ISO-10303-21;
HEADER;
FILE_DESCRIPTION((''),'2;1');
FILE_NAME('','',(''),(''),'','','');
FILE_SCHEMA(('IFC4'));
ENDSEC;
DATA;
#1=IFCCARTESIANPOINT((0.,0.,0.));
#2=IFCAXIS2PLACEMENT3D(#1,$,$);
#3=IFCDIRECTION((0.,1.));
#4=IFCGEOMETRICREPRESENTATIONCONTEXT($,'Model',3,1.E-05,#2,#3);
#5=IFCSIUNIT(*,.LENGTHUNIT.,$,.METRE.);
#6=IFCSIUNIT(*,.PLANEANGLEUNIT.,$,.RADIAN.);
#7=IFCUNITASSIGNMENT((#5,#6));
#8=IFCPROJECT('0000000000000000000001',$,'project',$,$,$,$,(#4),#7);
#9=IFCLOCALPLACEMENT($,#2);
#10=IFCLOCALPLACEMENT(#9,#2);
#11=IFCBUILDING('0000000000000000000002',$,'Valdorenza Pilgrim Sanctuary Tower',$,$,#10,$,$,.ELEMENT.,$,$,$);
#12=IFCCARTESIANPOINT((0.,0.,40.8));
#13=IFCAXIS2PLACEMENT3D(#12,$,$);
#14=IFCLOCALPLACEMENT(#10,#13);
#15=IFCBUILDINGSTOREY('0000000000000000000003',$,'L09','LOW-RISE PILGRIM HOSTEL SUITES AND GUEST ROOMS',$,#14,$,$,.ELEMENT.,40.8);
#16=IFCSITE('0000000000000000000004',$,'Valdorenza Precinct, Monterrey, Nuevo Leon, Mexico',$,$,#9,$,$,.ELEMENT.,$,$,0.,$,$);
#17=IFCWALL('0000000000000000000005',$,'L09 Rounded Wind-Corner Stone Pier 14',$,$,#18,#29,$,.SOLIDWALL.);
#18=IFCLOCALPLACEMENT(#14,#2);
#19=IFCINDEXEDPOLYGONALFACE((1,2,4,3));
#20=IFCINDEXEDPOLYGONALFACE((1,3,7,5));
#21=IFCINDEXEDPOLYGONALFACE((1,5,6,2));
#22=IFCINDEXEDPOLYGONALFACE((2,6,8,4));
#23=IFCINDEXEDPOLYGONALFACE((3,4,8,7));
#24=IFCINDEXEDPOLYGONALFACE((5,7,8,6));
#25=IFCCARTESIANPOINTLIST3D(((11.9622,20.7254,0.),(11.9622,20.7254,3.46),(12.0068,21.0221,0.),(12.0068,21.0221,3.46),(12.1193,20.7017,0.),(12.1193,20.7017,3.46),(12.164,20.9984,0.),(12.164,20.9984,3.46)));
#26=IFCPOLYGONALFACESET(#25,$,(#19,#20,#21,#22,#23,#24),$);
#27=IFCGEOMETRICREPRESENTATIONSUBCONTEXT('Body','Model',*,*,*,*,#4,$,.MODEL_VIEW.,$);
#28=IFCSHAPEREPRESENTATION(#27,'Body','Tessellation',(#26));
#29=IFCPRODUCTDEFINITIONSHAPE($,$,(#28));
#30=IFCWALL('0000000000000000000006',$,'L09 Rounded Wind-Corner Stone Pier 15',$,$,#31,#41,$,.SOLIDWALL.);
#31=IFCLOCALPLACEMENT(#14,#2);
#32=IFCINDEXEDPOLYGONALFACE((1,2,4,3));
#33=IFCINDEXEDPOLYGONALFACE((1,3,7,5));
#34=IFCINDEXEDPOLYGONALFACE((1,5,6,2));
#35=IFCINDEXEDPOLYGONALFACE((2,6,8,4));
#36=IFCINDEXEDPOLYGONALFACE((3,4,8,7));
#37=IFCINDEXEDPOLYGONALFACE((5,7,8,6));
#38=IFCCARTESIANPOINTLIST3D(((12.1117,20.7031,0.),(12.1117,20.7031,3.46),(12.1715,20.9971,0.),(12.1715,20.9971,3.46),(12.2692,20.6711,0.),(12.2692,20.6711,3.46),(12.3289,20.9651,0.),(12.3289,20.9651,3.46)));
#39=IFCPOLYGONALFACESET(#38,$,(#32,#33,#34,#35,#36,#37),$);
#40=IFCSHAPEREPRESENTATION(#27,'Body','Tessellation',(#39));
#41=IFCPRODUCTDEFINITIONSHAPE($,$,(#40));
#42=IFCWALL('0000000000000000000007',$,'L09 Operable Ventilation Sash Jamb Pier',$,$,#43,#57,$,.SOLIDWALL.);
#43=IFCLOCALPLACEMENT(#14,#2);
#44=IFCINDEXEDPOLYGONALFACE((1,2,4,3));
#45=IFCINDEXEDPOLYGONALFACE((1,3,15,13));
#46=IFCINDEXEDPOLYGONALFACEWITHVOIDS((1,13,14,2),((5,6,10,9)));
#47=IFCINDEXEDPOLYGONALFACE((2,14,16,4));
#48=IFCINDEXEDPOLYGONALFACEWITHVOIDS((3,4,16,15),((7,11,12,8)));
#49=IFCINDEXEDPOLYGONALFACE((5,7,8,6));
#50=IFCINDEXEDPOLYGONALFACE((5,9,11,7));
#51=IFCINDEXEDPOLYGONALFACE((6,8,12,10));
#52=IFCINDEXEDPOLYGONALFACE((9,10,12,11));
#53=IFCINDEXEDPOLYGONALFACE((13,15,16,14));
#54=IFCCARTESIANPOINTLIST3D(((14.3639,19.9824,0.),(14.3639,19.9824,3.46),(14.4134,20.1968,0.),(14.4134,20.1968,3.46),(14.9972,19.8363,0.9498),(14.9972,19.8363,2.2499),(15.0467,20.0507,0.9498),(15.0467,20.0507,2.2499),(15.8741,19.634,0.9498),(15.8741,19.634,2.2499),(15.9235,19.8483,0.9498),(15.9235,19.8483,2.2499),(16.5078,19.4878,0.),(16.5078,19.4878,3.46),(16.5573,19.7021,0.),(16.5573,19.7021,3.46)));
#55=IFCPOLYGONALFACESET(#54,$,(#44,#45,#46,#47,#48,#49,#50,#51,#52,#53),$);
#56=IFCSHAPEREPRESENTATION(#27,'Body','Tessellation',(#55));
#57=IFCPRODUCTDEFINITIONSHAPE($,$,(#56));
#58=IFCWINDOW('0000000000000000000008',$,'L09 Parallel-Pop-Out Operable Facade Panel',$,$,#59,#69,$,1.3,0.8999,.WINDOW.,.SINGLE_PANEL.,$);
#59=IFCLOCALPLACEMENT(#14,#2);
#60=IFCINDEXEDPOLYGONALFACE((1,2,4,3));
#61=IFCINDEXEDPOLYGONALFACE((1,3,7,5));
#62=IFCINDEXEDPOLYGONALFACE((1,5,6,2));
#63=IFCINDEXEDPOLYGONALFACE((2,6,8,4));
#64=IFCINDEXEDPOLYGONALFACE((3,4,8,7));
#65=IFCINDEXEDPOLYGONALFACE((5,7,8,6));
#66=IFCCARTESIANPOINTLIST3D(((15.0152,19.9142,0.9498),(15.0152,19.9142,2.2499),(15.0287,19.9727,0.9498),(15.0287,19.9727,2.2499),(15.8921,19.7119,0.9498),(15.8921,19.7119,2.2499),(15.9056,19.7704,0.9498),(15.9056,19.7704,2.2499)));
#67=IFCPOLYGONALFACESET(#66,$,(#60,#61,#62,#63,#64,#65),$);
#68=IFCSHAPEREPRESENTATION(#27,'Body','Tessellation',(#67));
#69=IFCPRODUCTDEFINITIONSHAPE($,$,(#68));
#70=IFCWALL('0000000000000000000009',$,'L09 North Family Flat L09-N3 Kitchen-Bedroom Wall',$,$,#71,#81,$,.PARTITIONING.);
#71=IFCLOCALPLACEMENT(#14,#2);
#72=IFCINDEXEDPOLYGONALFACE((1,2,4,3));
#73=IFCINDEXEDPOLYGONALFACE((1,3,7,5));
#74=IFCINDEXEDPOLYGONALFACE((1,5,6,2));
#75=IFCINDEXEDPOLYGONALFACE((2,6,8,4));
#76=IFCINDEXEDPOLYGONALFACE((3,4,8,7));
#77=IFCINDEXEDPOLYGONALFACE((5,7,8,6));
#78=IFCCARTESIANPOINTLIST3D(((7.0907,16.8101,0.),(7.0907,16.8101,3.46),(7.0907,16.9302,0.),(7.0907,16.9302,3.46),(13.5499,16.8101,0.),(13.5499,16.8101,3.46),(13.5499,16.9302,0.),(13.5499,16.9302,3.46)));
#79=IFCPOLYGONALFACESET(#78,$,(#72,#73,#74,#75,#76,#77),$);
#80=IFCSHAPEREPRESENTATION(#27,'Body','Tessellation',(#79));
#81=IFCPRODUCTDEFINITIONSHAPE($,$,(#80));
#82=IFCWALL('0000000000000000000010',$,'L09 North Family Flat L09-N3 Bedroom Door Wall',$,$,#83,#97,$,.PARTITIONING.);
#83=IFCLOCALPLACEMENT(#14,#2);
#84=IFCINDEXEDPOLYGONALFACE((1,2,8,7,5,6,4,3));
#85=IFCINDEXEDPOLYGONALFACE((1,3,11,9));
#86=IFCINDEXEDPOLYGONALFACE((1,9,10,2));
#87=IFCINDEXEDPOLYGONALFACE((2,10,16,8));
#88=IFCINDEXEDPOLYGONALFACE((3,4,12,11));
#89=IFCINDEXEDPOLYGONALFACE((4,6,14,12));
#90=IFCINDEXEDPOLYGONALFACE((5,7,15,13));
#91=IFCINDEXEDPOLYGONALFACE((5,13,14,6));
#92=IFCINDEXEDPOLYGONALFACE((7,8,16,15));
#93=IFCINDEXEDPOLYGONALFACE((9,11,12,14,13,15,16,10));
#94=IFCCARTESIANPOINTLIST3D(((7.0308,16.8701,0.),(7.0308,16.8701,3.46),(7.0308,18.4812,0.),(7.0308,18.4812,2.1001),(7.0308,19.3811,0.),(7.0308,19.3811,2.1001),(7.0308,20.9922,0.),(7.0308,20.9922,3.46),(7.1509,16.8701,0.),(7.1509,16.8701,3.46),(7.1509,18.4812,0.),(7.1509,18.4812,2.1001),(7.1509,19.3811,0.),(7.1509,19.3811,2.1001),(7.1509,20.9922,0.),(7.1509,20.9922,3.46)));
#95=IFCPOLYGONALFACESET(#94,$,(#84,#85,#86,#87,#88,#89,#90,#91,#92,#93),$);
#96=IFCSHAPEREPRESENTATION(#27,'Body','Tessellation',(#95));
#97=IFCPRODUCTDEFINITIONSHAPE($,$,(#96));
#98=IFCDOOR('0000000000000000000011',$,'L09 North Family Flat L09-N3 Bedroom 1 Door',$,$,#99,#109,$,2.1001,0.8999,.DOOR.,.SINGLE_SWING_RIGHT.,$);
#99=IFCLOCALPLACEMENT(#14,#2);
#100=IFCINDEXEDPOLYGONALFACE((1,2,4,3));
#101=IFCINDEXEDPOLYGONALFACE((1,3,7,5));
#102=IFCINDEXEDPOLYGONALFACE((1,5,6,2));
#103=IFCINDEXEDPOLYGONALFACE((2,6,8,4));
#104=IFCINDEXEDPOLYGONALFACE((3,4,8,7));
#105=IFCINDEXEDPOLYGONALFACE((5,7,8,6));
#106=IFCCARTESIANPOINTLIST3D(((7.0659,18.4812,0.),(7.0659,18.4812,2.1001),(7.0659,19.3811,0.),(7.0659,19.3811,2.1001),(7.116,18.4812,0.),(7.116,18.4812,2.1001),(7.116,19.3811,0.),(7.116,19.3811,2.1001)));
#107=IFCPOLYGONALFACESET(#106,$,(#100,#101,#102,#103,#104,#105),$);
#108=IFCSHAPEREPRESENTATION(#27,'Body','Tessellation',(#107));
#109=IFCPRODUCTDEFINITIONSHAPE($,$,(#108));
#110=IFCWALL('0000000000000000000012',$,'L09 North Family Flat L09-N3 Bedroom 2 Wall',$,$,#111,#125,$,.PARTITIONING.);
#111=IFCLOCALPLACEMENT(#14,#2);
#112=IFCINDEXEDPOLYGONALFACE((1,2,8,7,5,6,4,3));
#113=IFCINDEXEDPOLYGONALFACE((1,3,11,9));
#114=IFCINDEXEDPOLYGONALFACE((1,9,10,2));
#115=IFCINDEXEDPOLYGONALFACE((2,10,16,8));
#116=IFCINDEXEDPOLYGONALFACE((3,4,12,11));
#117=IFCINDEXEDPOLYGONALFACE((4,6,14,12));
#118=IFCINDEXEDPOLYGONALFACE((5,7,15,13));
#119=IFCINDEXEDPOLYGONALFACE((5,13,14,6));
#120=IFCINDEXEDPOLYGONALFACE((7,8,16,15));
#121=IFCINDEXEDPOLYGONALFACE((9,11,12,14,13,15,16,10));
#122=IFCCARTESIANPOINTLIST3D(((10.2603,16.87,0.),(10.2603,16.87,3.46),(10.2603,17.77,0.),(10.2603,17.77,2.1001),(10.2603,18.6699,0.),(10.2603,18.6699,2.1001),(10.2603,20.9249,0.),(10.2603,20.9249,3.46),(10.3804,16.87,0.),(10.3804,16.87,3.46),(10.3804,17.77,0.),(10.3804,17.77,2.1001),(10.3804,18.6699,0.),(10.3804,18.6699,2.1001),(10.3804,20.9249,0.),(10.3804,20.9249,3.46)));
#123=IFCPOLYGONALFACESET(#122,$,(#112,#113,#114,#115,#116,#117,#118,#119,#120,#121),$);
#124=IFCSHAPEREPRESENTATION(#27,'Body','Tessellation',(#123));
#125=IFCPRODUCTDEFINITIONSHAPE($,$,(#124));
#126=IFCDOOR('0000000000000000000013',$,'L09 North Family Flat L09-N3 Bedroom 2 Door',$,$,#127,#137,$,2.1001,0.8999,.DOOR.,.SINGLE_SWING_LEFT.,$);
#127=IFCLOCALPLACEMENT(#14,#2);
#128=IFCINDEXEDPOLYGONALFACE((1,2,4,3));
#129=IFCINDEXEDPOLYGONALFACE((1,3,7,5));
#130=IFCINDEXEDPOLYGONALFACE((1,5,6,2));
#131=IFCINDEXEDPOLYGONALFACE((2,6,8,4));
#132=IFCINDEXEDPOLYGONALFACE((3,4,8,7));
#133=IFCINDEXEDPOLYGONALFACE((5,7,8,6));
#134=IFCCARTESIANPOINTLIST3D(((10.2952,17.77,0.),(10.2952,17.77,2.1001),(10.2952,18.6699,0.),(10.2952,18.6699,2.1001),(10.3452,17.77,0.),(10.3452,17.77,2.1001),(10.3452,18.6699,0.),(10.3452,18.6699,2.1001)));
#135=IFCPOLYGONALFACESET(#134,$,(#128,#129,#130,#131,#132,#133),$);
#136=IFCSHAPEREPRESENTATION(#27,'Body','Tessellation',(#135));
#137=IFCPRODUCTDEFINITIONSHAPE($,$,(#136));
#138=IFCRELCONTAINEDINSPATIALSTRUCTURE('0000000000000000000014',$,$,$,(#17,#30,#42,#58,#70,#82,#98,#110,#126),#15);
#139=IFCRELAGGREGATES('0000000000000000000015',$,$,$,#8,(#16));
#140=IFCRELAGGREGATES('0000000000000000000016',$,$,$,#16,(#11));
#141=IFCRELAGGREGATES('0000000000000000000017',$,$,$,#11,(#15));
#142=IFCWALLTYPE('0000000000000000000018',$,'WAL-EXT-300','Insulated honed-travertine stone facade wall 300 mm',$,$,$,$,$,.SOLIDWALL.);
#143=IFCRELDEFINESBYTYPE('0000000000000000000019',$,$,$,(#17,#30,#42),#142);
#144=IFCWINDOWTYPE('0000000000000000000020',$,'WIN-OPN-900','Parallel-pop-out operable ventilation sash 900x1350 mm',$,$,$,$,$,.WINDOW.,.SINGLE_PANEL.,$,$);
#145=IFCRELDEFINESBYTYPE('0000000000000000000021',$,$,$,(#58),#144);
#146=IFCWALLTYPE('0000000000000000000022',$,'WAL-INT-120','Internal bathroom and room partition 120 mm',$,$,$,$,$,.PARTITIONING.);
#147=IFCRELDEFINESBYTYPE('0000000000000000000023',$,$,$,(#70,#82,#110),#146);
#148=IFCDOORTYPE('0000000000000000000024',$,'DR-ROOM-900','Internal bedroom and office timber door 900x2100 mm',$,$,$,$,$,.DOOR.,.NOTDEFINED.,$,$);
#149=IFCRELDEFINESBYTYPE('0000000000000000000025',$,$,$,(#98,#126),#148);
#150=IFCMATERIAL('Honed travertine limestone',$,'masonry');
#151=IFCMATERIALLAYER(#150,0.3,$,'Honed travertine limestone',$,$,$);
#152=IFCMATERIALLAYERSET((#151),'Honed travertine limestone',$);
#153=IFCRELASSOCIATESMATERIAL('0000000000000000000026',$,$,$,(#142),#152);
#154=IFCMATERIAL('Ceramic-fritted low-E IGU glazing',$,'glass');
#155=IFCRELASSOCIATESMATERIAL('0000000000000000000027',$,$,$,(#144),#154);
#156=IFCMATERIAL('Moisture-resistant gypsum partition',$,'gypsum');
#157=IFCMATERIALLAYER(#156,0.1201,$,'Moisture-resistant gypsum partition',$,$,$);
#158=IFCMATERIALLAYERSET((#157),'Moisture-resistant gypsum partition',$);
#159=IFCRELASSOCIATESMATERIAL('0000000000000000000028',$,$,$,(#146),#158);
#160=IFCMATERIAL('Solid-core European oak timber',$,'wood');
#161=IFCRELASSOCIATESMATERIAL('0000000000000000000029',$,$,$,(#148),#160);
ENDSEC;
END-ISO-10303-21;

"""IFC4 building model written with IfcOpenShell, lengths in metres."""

from ifc_helpers import new_model, si_unit, direction, frame, frame_2d, origin, place, context, subcontext, project, spatial, rectangle, extrude, material, layer, layer_set, type_object, element, fill, save


model = new_model("IFC4")

# Units and contexts
model_context = context("Model", 3, precision=1e-05, world=origin(), true_north=direction((0.0, 1.0)))
body_context = subcontext(model_context, "Body", "Model", "MODEL_VIEW")
ifc_project = project(units=[si_unit("LENGTHUNIT", "METRE"), si_unit("PLANEANGLEUNIT", "RADIAN")], contexts=[model_context])

# Site, building, storey
site_placement = place(None, origin())
site = spatial("IfcSite", under=ifc_project, at=site_placement, Name="Valdorenza Precinct, Monterrey, Nuevo Leon, Mexico", CompositionType="ELEMENT", RefElevation=0.0)
building_placement = place(site_placement, origin())
building = spatial("IfcBuilding", under=site, at=building_placement, Name="Valdorenza Pilgrim Sanctuary Tower", CompositionType="ELEMENT")
storey_placement = place(building_placement, frame((0.0, 0.0, 40.8)))
storey = spatial("IfcBuildingStorey", under=building, at=storey_placement, Name="L09", Description="LOW-RISE PILGRIM HOSTEL SUITES AND GUEST ROOMS", CompositionType="ELEMENT", Elevation=40.8)

# Shared definitions
ifc_material_1 = material(Name="Honed travertine limestone", Category="masonry")
ifc_material_2 = material(Name="Ceramic-fritted low-E IGU glazing", Category="glass")

# Walls
ifc_layer_1 = layer(ifc_material_1, 0.3, Name="Honed travertine limestone")
ifc_layer_set_1 = layer_set([ifc_layer_1], Name="Honed travertine limestone")
wall_type_1 = type_object("IfcWallType", Name="WAL-EXT-300", Description="Insulated honed-travertine stone facade wall 300 mm", PredefinedType="SOLIDWALL", material=ifc_layer_set_1)
wall_1_placement = place(storey_placement, frame((11.9844, 20.8738, 0.0), z_axis=(0.0, 0.0, 1.0), x_axis=(0.988846, -0.148941, 0.0)))
element("IfcWall", 1, at=wall_1_placement, inside=storey, type_object=wall_type_1, Name="L09 Rounded Wind-Corner Stone Pier 14", PredefinedType="SOLIDWALL", context=body_context, shape_type="SweptSolid", body=[
    extrude(rectangle(XDim=0.1589, YDim=0.3, at=frame_2d((0.0796, 0.0))), origin(), (0.0, 0.0, 1.0), 3.46),
])
wall_2_placement = place(storey_placement, frame((12.1416, 20.8501, 0.0), z_axis=(0.0, 0.0, 1.0), x_axis=(0.979992, -0.199037, 0.0)))
element("IfcWall", 2, at=wall_2_placement, inside=storey, type_object=wall_type_1, Name="L09 Rounded Wind-Corner Stone Pier 15", PredefinedType="SOLIDWALL", context=body_context, shape_type="SweptSolid", body=[
    extrude(rectangle(XDim=0.1606, YDim=0.3, at=frame_2d((0.0803, 0.0))), origin(), (0.0, 0.0, 1.0), 3.46),
])

# Wall, opening, window
wall_3_placement = place(storey_placement, frame((14.3887, 20.0896, 0.0), z_axis=(0.0, 0.0, 1.0), x_axis=(0.974401, -0.224819, 0.0)))
wall_3 = element("IfcWall", 3, at=wall_3_placement, inside=storey, type_object=wall_type_1, Name="L09 Operable Ventilation Sash Jamb Pier", PredefinedType="SOLIDWALL", context=body_context, shape_type="SweptSolid", body=[
    extrude(rectangle(XDim=2.2002, YDim=0.22, at=frame_2d((1.1001, 0.0))), origin(), (0.0, 0.0, 1.0), 3.46),
])
opening_1_placement = place(wall_3_placement, frame((0.6499, 0.0, 0.95)))
opening_1 = element("IfcOpeningElement", 4, at=opening_1_placement, cuts=wall_3, PredefinedType="OPENING", context=body_context, shape_type="SweptSolid", body=[
    extrude(rectangle(XDim=0.8999, YDim=1.3, at=frame_2d((0.45, 0.6499))), frame((0.0, 0.125, 0.0), z_axis=(0.0, -1.0, 0.0), x_axis=(1.0, 0.0, 0.0)), (0.0, 0.0, 1.0), 0.2498),
])
window_type = type_object("IfcWindowType", Name="WIN-OPN-900", Description="Parallel-pop-out operable ventilation sash 900x1350 mm", PartitioningType="SINGLE_PANEL", PredefinedType="WINDOW", material=ifc_material_2)
window_placement = place(opening_1_placement, origin())
window = element("IfcWindow", 5, at=window_placement, inside=storey, type_object=window_type, Name="L09 Parallel-Pop-Out Operable Facade Panel", OverallHeight=1.3, OverallWidth=0.8999, PartitioningType="SINGLE_PANEL", PredefinedType="WINDOW", context=body_context, shape_type="SweptSolid", body=[
    extrude(rectangle(XDim=0.8999, YDim=1.3, at=frame_2d((0.45, 0.6499))), frame((0.0, 0.03, 0.0), z_axis=(0.0, -1.0, 0.0), x_axis=(1.0, 0.0, 0.0)), (0.0, 0.0, 1.0), 0.0601),
])
fill(opening_1, window)

# Wall
ifc_material_3 = material(Name="Moisture-resistant gypsum partition", Category="gypsum")
ifc_layer_2 = layer(ifc_material_3, 0.1201, Name="Moisture-resistant gypsum partition")
ifc_layer_set_2 = layer_set([ifc_layer_2], Name="Moisture-resistant gypsum partition")
wall_type_2 = type_object("IfcWallType", Name="WAL-INT-120", Description="Internal bathroom and room partition 120 mm", PredefinedType="PARTITIONING", material=ifc_layer_set_2)
wall_4_placement = place(storey_placement, frame((7.0908, 16.8701, 0.0), z_axis=(0.0, 0.0, 1.0), x_axis=(1.0, 0.0, 0.0)))
element("IfcWall", 6, at=wall_4_placement, inside=storey, type_object=wall_type_2, Name="L09 North Family Flat L09-N3 Kitchen-Bedroom Wall", PredefinedType="PARTITIONING", context=body_context, shape_type="SweptSolid", body=[
    extrude(rectangle(XDim=6.4592, YDim=0.1201, at=frame_2d((3.2295, 0.0))), origin(), (0.0, 0.0, 1.0), 3.46),
])

# Walls, openings, doors
wall_5_placement = place(storey_placement, frame((7.0908, 16.8701, 0.0), z_axis=(0.0, 0.0, 1.0), x_axis=(0.0, 1.0, 0.0)))
wall_5 = element("IfcWall", 7, at=wall_5_placement, inside=storey, type_object=wall_type_2, Name="L09 North Family Flat L09-N3 Bedroom Door Wall", PredefinedType="PARTITIONING", context=body_context, shape_type="SweptSolid", body=[
    extrude(rectangle(XDim=4.1221, YDim=0.1201, at=frame_2d((2.061, 0.0))), origin(), (0.0, 0.0, 1.0), 3.46),
])
opening_2_placement = place(wall_5_placement, frame((1.6111, 0.0, 0.0)))
opening_2 = element("IfcOpeningElement", 8, at=opening_2_placement, cuts=wall_5, PredefinedType="OPENING", context=body_context, shape_type="SweptSolid", body=[
    extrude(rectangle(XDim=0.8999, YDim=2.1001, at=frame_2d((0.45, 1.05))), frame((0.0, 0.075, 0.0), z_axis=(0.0, -1.0, 0.0), x_axis=(1.0, 0.0, 0.0)), (0.0, 0.0, 1.0), 0.1499),
])
ifc_material_4 = material(Name="Solid-core European oak timber", Category="wood")
door_type = type_object("IfcDoorType", Name="DR-ROOM-900", Description="Internal bedroom and office timber door 900x2100 mm", OperationType="NOTDEFINED", PredefinedType="DOOR", material=ifc_material_4)
door_1_placement = place(opening_2_placement, origin())
door_1 = element("IfcDoor", 9, at=door_1_placement, inside=storey, type_object=door_type, Name="L09 North Family Flat L09-N3 Bedroom 1 Door", OperationType="SINGLE_SWING_RIGHT", OverallHeight=2.1001, OverallWidth=0.8999, PredefinedType="DOOR", context=body_context, shape_type="SweptSolid", body=[
    extrude(rectangle(XDim=0.8999, YDim=2.1001, at=frame_2d((0.45, 1.05))), frame((0.0, 0.0249, 0.0), z_axis=(0.0, -1.0, 0.0), x_axis=(1.0, 0.0, 0.0)), (0.0, 0.0, 1.0), 0.05),
])
fill(opening_2, door_1)
wall_6_placement = place(storey_placement, frame((10.3203, 16.8701, 0.0), z_axis=(0.0, 0.0, 1.0), x_axis=(0.0, 1.0, 0.0)))
wall_6 = element("IfcWall", 10, at=wall_6_placement, inside=storey, type_object=wall_type_2, Name="L09 North Family Flat L09-N3 Bedroom 2 Wall", PredefinedType="PARTITIONING", context=body_context, shape_type="SweptSolid", body=[
    extrude(rectangle(XDim=4.0549, YDim=0.1201, at=frame_2d((2.0273, 0.0))), origin(), (0.0, 0.0, 1.0), 3.46),
])
opening_3_placement = place(wall_6_placement, frame((0.8999, 0.0, 0.0)))
opening_3 = element("IfcOpeningElement", 11, at=opening_3_placement, cuts=wall_6, PredefinedType="OPENING", context=body_context, shape_type="SweptSolid", body=[
    extrude(rectangle(XDim=0.8999, YDim=2.1001, at=frame_2d((0.45, 1.05))), frame((0.0, 0.075, 0.0), z_axis=(0.0, -1.0, 0.0), x_axis=(1.0, 0.0, 0.0)), (0.0, 0.0, 1.0), 0.1499),
])
door_2_placement = place(opening_3_placement, frame((0.8999, 0.0, 0.0), z_axis=(0.0, 0.0, 1.0), x_axis=(-1.0, 0.0, 0.0)))
door_2 = element("IfcDoor", 12, at=door_2_placement, inside=storey, type_object=door_type, Name="L09 North Family Flat L09-N3 Bedroom 2 Door", OperationType="SINGLE_SWING_LEFT", OverallHeight=2.1001, OverallWidth=0.8999, PredefinedType="DOOR", context=body_context, shape_type="SweptSolid", body=[
    extrude(rectangle(XDim=0.8999, YDim=2.1001, at=frame_2d((0.45, 1.05))), frame((0.0, 0.0249, 0.0), z_axis=(0.0, -1.0, 0.0), x_axis=(1.0, 0.0, 0.0)), (0.0, 0.0, 1.0), 0.05),
])
fill(opening_3, door_2)

save(model, "model.ifc")
